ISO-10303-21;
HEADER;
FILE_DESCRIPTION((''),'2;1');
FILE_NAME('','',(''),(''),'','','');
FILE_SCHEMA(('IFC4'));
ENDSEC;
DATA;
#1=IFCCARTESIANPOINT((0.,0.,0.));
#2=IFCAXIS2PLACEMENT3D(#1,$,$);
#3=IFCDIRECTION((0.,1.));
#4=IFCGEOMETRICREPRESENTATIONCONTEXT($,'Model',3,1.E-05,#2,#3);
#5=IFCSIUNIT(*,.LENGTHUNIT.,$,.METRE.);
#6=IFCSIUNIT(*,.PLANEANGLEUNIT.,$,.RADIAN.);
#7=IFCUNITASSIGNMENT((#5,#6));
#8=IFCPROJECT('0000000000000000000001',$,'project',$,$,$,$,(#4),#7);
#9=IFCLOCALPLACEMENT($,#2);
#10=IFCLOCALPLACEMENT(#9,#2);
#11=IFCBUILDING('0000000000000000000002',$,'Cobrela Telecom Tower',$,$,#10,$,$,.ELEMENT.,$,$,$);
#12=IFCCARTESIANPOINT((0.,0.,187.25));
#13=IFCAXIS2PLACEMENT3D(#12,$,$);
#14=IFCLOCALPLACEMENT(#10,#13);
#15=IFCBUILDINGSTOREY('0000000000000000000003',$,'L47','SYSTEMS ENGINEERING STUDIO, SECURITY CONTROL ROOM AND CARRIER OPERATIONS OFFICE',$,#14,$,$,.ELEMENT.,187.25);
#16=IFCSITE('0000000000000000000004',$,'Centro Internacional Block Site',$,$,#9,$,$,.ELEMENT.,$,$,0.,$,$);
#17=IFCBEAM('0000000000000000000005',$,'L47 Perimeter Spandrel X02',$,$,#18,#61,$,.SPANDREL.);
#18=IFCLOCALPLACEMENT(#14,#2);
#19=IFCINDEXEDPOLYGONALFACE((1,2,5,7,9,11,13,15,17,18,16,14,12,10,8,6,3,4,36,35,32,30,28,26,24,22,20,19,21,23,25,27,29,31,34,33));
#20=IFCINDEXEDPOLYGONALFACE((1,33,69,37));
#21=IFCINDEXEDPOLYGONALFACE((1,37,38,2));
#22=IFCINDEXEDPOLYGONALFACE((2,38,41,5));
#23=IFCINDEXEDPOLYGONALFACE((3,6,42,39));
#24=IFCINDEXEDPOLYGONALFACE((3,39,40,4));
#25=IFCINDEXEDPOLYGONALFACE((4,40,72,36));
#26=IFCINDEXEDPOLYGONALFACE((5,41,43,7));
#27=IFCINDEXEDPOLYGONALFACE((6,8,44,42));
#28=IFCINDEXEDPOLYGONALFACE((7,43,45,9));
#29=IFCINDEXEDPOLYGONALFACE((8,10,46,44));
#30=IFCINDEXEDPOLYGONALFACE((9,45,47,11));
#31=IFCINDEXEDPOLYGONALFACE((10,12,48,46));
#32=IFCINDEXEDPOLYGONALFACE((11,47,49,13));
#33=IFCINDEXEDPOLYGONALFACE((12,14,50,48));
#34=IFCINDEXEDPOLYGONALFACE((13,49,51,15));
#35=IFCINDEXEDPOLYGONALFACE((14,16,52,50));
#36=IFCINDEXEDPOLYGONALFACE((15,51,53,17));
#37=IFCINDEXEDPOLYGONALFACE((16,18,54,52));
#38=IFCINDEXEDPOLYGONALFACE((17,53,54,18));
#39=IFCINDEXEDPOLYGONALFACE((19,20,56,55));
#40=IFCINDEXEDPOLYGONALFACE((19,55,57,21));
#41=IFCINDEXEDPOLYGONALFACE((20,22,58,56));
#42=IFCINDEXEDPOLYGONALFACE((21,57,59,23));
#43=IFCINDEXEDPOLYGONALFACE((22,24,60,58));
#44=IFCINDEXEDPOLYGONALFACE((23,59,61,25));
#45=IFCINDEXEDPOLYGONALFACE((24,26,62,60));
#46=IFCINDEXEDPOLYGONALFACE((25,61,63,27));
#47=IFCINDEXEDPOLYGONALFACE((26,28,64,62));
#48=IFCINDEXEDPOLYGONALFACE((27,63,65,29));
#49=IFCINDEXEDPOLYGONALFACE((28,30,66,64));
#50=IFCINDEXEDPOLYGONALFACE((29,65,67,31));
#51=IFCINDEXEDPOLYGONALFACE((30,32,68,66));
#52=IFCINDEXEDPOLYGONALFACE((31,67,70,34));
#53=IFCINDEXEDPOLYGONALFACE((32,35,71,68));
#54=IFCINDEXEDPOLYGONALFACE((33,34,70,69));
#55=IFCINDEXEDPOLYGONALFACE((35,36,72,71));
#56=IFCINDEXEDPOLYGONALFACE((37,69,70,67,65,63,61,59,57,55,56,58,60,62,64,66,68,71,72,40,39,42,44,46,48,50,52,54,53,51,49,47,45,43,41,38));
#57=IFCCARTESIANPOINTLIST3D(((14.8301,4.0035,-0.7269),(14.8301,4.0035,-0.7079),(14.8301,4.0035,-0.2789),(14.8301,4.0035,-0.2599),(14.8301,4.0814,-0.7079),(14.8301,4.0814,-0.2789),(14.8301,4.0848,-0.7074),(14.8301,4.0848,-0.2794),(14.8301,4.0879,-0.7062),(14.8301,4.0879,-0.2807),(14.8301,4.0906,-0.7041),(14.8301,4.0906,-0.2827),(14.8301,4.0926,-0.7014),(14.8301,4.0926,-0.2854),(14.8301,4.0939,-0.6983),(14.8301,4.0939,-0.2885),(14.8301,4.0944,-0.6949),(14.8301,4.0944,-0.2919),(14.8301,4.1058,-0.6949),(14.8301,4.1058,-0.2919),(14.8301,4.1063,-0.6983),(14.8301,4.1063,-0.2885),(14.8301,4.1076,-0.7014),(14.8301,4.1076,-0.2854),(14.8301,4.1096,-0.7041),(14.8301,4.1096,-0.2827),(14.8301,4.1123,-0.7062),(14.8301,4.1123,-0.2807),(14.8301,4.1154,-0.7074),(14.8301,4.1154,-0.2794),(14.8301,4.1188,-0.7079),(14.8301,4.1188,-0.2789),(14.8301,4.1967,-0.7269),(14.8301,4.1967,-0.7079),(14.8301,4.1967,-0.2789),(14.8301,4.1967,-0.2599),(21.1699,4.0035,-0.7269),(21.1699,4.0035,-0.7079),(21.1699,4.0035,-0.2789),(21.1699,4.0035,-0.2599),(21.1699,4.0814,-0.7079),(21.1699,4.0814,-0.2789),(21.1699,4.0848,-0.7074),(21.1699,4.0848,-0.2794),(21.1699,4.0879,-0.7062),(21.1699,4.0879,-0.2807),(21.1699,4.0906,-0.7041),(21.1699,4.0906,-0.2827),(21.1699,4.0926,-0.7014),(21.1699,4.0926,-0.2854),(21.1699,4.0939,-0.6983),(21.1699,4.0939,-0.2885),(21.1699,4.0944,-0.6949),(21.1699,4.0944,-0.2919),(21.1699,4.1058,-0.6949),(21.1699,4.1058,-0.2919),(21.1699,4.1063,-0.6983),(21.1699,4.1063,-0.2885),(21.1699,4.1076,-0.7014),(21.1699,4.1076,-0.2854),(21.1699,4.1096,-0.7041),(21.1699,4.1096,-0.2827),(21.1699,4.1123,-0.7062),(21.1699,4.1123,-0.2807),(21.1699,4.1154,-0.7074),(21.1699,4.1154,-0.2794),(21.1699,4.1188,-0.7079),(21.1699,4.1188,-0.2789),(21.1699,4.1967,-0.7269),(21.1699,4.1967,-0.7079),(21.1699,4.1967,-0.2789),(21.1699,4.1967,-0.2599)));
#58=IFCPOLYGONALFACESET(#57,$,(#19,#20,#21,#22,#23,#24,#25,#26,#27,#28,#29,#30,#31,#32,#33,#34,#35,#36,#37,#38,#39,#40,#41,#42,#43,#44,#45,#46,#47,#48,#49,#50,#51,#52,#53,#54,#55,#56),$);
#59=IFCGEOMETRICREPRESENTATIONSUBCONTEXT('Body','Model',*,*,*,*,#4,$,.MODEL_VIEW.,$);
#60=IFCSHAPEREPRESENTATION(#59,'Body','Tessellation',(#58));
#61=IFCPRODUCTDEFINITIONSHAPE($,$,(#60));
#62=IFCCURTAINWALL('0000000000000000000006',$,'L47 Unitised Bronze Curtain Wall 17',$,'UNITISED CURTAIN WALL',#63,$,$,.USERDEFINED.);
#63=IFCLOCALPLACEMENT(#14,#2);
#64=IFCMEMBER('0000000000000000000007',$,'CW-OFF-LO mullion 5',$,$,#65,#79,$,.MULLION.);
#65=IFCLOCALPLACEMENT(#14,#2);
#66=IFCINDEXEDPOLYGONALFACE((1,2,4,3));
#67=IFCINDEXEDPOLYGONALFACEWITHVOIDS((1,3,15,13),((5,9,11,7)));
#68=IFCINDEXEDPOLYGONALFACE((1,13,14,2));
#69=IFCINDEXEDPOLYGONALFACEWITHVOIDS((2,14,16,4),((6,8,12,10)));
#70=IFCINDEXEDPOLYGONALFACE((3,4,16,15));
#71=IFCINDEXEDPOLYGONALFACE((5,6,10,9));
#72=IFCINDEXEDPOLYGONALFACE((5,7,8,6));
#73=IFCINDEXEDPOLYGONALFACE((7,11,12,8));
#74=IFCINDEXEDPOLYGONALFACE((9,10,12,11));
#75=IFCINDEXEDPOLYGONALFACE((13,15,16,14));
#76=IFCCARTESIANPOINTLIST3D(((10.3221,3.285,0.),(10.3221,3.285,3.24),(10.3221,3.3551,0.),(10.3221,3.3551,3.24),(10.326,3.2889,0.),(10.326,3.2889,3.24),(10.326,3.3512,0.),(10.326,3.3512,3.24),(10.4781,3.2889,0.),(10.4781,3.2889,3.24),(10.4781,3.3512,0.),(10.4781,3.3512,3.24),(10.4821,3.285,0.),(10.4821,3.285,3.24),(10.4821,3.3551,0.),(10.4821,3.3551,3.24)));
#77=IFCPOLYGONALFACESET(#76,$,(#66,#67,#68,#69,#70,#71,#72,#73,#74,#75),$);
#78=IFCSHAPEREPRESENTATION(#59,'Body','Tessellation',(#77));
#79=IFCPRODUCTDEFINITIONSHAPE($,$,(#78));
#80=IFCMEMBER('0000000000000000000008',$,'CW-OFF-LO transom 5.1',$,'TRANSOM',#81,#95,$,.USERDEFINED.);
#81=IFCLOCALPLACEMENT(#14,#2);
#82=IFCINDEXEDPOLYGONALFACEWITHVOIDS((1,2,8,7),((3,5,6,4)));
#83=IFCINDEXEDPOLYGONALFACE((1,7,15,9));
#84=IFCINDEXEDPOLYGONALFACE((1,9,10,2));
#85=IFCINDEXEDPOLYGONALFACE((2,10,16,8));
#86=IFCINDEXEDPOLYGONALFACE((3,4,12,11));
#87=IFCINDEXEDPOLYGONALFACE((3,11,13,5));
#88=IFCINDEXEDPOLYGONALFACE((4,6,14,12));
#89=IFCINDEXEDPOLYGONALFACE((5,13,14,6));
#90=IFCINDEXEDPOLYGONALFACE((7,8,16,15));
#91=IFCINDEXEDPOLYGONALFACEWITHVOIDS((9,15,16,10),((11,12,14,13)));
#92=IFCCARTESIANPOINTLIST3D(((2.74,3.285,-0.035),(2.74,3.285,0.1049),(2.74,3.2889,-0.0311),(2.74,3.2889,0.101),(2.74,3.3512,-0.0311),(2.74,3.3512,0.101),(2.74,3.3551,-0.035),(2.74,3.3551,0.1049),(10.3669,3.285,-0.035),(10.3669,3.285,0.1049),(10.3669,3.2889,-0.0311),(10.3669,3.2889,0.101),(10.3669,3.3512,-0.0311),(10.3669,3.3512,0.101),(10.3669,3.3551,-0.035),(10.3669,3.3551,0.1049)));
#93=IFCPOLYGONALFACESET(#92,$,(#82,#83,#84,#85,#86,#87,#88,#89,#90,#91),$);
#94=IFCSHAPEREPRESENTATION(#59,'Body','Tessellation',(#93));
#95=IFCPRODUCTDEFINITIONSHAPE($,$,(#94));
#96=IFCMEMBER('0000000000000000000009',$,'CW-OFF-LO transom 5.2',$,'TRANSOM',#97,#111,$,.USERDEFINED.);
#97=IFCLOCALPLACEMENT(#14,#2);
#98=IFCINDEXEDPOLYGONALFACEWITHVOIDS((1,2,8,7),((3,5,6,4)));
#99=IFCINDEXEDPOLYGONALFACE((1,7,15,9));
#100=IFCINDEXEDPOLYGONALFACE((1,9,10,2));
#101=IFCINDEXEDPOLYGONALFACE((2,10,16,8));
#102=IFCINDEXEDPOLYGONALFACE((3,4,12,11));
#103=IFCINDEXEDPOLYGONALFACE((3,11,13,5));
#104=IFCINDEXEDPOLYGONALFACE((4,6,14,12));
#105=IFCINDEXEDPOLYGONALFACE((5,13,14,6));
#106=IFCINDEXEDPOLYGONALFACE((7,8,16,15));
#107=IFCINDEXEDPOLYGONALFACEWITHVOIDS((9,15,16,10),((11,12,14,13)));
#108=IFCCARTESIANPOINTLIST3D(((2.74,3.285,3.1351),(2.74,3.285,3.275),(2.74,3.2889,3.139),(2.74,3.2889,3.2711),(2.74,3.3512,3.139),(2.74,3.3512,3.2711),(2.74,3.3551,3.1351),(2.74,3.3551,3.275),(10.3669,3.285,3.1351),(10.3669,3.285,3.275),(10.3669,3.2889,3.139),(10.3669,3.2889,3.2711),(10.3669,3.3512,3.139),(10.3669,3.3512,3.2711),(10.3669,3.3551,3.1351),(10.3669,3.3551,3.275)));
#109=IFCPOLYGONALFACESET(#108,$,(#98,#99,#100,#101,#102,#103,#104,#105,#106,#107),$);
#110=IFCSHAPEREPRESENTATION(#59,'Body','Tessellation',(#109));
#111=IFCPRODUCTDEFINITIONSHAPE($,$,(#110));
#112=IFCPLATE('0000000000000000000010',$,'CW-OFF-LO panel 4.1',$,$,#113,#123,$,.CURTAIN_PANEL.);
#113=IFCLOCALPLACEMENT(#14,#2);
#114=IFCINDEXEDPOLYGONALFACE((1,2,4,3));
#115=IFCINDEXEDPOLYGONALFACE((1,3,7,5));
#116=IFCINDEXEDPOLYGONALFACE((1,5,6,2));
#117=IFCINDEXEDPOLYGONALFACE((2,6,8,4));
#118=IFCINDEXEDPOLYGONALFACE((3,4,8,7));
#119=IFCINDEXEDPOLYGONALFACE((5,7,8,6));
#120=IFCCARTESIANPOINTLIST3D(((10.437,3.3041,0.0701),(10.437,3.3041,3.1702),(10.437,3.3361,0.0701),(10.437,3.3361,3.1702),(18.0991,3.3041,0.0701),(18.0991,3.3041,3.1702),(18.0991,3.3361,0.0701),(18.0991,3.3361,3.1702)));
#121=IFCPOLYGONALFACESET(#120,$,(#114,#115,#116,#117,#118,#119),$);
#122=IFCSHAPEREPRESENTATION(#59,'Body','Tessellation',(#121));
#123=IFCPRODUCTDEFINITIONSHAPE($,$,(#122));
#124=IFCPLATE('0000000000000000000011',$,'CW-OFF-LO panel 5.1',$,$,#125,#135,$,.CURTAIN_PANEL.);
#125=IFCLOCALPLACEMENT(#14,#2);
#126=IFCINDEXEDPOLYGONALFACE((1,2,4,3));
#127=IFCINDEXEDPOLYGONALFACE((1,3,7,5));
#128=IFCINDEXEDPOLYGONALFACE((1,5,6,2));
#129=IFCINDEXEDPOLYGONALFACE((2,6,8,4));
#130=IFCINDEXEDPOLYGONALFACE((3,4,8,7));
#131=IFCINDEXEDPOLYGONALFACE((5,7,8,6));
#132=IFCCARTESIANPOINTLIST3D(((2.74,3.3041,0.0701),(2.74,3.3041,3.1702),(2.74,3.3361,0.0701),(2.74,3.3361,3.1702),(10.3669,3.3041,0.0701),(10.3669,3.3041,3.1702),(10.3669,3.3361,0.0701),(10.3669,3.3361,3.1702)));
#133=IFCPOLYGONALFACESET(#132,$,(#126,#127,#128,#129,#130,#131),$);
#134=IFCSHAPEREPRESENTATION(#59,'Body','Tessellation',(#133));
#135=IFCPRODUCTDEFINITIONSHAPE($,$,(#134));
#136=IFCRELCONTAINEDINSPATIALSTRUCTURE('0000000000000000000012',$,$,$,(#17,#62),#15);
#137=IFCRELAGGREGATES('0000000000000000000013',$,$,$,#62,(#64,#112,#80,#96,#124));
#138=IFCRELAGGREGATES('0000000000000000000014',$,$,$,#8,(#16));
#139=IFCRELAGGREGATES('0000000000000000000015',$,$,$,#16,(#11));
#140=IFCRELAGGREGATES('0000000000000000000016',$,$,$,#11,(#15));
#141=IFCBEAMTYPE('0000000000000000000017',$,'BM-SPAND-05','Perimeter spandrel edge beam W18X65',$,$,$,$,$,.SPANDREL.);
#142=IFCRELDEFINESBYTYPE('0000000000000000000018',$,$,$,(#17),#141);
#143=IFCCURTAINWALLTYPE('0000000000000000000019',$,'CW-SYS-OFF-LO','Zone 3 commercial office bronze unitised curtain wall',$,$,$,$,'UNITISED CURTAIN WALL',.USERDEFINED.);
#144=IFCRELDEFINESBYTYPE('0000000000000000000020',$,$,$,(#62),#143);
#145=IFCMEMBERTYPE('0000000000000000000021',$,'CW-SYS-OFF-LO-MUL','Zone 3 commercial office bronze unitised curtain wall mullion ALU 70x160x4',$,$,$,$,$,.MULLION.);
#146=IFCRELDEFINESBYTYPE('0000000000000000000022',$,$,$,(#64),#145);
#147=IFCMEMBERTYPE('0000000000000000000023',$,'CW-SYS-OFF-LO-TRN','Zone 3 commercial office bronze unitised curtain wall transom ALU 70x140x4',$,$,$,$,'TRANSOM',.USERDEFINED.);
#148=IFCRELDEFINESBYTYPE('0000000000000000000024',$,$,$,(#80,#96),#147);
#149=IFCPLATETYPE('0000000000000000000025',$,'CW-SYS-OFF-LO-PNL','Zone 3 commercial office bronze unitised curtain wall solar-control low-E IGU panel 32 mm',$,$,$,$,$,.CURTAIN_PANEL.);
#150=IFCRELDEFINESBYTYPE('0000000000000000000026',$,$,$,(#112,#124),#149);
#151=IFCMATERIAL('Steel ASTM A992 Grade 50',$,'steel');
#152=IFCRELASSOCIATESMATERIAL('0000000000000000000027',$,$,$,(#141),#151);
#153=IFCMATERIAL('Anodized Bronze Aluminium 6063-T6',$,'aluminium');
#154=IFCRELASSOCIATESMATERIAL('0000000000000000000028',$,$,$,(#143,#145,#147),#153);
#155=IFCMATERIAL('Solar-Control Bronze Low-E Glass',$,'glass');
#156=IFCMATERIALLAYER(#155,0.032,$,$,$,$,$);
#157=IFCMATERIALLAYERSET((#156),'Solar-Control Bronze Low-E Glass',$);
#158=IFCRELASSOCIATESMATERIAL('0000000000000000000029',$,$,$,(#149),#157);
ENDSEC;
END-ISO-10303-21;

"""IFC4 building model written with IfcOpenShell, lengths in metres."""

from ifc_helpers import new_model, si_unit, direction, frame, origin, origin_2d, place, context, subcontext, project, spatial, rectangle, hollow_rectangle, i_section, extrude, material, layer, layer_set, material_profile, profile_set, type_object, element, aggregate, save


model = new_model("IFC4")

# Units and contexts
model_context = context("Model", 3, precision=1e-05, world=origin(), true_north=direction((0.0, 1.0)))
body_context = subcontext(model_context, "Body", "Model", "MODEL_VIEW")
ifc_project = project(units=[si_unit("LENGTHUNIT", "METRE"), si_unit("PLANEANGLEUNIT", "RADIAN")], contexts=[model_context])

# Site, building, storey
site_placement = place(None, origin())
site = spatial("IfcSite", under=ifc_project, at=site_placement, Name="Centro Internacional Block Site", CompositionType="ELEMENT", RefElevation=0.0)
building_placement = place(site_placement, origin())
building = spatial("IfcBuilding", under=site, at=building_placement, Name="Cobrela Telecom Tower", CompositionType="ELEMENT")
storey_placement = place(building_placement, frame((0.0, 0.0, 187.25)))
storey = spatial("IfcBuildingStorey", under=building, at=storey_placement, Name="L47", Description="SYSTEMS ENGINEERING STUDIO, SECURITY CONTROL ROOM AND CARRIER OPERATIONS OFFICE", CompositionType="ELEMENT", Elevation=187.25)

# Beam
ifc_material_1 = material(Name="Steel ASTM A992 Grade 50", Category="steel")
ifc_material_profile_1 = material_profile(ifc_material_1, i_section(OverallWidth=0.1931, OverallDepth=0.467, WebThickness=0.0115, FlangeThickness=0.019, FilletRadius=0.0129, at=origin_2d()), Name="W18X65")
ifc_profile_set_1 = profile_set([ifc_material_profile_1], Name="Steel ASTM A992 Grade 50")
beam_type_1 = type_object("IfcBeamType", Name="BM-SPAND-05", Description="Perimeter spandrel edge beam W18X65", PredefinedType="SPANDREL", material=ifc_profile_set_1)
beam_1_placement = place(storey_placement, frame((14.8301, 4.1001, -0.4934), z_axis=(1.0, 0.0, 0.0), x_axis=(0.0, 1.0, 0.0)))
element("IfcBeam", 1, at=beam_1_placement, inside=storey, type_object=beam_type_1, Name="L47 Perimeter Spandrel X02", PredefinedType="SPANDREL", context=body_context, shape_type="SweptSolid", body=[
    extrude(i_section(OverallWidth=0.1931, OverallDepth=0.467, WebThickness=0.0115, FlangeThickness=0.019, FilletRadius=0.0129, at=origin_2d()), origin(), (0.0, 0.0, 1.0), 6.3398),
])

# Curtain wall, members, plates
ifc_material_2 = material(Name="Anodized Bronze Aluminium 6063-T6", Category="aluminium")
curtain_wall_type = type_object("IfcCurtainWallType", Name="CW-SYS-OFF-LO", Description="Zone 3 commercial office bronze unitised curtain wall", ElementType="UNITISED CURTAIN WALL", PredefinedType="USERDEFINED", material=ifc_material_2)
curtain_wall_placement = place(storey_placement, origin())
curtain_wall = element("IfcCurtainWall", 2, at=curtain_wall_placement, inside=storey, type_object=curtain_wall_type, Name="L47 Unitised Bronze Curtain Wall 17", ObjectType="UNITISED CURTAIN WALL", PredefinedType="USERDEFINED")
ifc_material_profile_2 = material_profile(ifc_material_2, hollow_rectangle(XDim=0.0701, YDim=0.1599, WallThickness=0.0039, at=origin_2d()), Name="ALU 70x160x4")
ifc_profile_set_2 = profile_set([ifc_material_profile_2], Name="Anodized Bronze Aluminium 6063-T6")
member_type_1 = type_object("IfcMemberType", Name="CW-SYS-OFF-LO-MUL", Description="Zone 3 commercial office bronze unitised curtain wall mullion ALU 70x160x4", PredefinedType="MULLION", material=ifc_profile_set_2)
member_1_placement = place(storey_placement, frame((10.4021, 3.3201, 0.0), z_axis=(0.0, 0.0, 1.0), x_axis=(0.0, -1.0, 0.0)))
member_1 = element("IfcMember", 3, at=member_1_placement, type_object=member_type_1, Name="CW-OFF-LO mullion 5", PredefinedType="MULLION", context=body_context, shape_type="SweptSolid", body=[
    extrude(hollow_rectangle(XDim=0.0701, YDim=0.1599, WallThickness=0.0039, at=origin_2d()), origin(), (0.0, 0.0, 1.0), 3.24),
])
ifc_material_profile_3 = material_profile(ifc_material_2, hollow_rectangle(XDim=0.0701, YDim=0.1399, WallThickness=0.0039, at=origin_2d()), Name="ALU 70x140x4")
ifc_profile_set_3 = profile_set([ifc_material_profile_3], Name="Anodized Bronze Aluminium 6063-T6")
member_type_2 = type_object("IfcMemberType", Name="CW-SYS-OFF-LO-TRN", Description="Zone 3 commercial office bronze unitised curtain wall transom ALU 70x140x4", ElementType="TRANSOM", PredefinedType="USERDEFINED", material=ifc_profile_set_3)
member_2_placement = place(storey_placement, frame((10.3669, 3.3201, 0.0349), z_axis=(-1.0, 0.0, 0.0), x_axis=(0.0, -1.0, 0.0)))
member_2 = element("IfcMember", 4, at=member_2_placement, type_object=member_type_2, Name="CW-OFF-LO transom 5.1", ObjectType="TRANSOM", PredefinedType="USERDEFINED", context=body_context, shape_type="SweptSolid", body=[
    extrude(hollow_rectangle(XDim=0.0701, YDim=0.1399, WallThickness=0.0039, at=origin_2d()), origin(), (0.0, 0.0, 1.0), 7.627),
])
member_3_placement = place(storey_placement, frame((10.3669, 3.3201, 3.2051), z_axis=(-1.0, 0.0, 0.0), x_axis=(0.0, -1.0, 0.0)))
member_3 = element("IfcMember", 5, at=member_3_placement, type_object=member_type_2, Name="CW-OFF-LO transom 5.2", ObjectType="TRANSOM", PredefinedType="USERDEFINED", context=body_context, shape_type="SweptSolid", body=[
    extrude(hollow_rectangle(XDim=0.0701, YDim=0.1399, WallThickness=0.0039, at=origin_2d()), origin(), (0.0, 0.0, 1.0), 7.627),
])
ifc_material_3 = material(Name="Solar-Control Bronze Low-E Glass", Category="glass")
ifc_layer_1 = layer(ifc_material_3, 0.032)
ifc_layer_set_1 = layer_set([ifc_layer_1], Name="Solar-Control Bronze Low-E Glass")
plate_type = type_object("IfcPlateType", Name="CW-SYS-OFF-LO-PNL", Description="Zone 3 commercial office bronze unitised curtain wall solar-control low-E IGU panel 32 mm", PredefinedType="CURTAIN_PANEL", material=ifc_layer_set_1)
plate_1_placement = place(storey_placement, frame((14.2681, 3.3201, 0.0701), z_axis=(0.0, 0.0, 1.0), x_axis=(-1.0, 0.0, 0.0)))
plate_1 = element("IfcPlate", 6, at=plate_1_placement, type_object=plate_type, Name="CW-OFF-LO panel 4.1", PredefinedType="CURTAIN_PANEL", context=body_context, shape_type="SweptSolid", body=[
    extrude(rectangle(XDim=7.6621, YDim=0.032, at=origin_2d()), origin(), (0.0, 0.0, 1.0), 3.1001),
])
plate_2_placement = place(storey_placement, frame((6.5535, 3.3201, 0.0701), z_axis=(0.0, 0.0, 1.0), x_axis=(-1.0, 0.0, 0.0)))
plate_2 = element("IfcPlate", 7, at=plate_2_placement, type_object=plate_type, Name="CW-OFF-LO panel 5.1", PredefinedType="CURTAIN_PANEL", context=body_context, shape_type="SweptSolid", body=[
    extrude(rectangle(XDim=7.627, YDim=0.032, at=origin_2d()), origin(), (0.0, 0.0, 1.0), 3.1001),
])
aggregate(curtain_wall, [member_1, plate_1, member_2, member_3, plate_2])

save(model, "model.ifc")
